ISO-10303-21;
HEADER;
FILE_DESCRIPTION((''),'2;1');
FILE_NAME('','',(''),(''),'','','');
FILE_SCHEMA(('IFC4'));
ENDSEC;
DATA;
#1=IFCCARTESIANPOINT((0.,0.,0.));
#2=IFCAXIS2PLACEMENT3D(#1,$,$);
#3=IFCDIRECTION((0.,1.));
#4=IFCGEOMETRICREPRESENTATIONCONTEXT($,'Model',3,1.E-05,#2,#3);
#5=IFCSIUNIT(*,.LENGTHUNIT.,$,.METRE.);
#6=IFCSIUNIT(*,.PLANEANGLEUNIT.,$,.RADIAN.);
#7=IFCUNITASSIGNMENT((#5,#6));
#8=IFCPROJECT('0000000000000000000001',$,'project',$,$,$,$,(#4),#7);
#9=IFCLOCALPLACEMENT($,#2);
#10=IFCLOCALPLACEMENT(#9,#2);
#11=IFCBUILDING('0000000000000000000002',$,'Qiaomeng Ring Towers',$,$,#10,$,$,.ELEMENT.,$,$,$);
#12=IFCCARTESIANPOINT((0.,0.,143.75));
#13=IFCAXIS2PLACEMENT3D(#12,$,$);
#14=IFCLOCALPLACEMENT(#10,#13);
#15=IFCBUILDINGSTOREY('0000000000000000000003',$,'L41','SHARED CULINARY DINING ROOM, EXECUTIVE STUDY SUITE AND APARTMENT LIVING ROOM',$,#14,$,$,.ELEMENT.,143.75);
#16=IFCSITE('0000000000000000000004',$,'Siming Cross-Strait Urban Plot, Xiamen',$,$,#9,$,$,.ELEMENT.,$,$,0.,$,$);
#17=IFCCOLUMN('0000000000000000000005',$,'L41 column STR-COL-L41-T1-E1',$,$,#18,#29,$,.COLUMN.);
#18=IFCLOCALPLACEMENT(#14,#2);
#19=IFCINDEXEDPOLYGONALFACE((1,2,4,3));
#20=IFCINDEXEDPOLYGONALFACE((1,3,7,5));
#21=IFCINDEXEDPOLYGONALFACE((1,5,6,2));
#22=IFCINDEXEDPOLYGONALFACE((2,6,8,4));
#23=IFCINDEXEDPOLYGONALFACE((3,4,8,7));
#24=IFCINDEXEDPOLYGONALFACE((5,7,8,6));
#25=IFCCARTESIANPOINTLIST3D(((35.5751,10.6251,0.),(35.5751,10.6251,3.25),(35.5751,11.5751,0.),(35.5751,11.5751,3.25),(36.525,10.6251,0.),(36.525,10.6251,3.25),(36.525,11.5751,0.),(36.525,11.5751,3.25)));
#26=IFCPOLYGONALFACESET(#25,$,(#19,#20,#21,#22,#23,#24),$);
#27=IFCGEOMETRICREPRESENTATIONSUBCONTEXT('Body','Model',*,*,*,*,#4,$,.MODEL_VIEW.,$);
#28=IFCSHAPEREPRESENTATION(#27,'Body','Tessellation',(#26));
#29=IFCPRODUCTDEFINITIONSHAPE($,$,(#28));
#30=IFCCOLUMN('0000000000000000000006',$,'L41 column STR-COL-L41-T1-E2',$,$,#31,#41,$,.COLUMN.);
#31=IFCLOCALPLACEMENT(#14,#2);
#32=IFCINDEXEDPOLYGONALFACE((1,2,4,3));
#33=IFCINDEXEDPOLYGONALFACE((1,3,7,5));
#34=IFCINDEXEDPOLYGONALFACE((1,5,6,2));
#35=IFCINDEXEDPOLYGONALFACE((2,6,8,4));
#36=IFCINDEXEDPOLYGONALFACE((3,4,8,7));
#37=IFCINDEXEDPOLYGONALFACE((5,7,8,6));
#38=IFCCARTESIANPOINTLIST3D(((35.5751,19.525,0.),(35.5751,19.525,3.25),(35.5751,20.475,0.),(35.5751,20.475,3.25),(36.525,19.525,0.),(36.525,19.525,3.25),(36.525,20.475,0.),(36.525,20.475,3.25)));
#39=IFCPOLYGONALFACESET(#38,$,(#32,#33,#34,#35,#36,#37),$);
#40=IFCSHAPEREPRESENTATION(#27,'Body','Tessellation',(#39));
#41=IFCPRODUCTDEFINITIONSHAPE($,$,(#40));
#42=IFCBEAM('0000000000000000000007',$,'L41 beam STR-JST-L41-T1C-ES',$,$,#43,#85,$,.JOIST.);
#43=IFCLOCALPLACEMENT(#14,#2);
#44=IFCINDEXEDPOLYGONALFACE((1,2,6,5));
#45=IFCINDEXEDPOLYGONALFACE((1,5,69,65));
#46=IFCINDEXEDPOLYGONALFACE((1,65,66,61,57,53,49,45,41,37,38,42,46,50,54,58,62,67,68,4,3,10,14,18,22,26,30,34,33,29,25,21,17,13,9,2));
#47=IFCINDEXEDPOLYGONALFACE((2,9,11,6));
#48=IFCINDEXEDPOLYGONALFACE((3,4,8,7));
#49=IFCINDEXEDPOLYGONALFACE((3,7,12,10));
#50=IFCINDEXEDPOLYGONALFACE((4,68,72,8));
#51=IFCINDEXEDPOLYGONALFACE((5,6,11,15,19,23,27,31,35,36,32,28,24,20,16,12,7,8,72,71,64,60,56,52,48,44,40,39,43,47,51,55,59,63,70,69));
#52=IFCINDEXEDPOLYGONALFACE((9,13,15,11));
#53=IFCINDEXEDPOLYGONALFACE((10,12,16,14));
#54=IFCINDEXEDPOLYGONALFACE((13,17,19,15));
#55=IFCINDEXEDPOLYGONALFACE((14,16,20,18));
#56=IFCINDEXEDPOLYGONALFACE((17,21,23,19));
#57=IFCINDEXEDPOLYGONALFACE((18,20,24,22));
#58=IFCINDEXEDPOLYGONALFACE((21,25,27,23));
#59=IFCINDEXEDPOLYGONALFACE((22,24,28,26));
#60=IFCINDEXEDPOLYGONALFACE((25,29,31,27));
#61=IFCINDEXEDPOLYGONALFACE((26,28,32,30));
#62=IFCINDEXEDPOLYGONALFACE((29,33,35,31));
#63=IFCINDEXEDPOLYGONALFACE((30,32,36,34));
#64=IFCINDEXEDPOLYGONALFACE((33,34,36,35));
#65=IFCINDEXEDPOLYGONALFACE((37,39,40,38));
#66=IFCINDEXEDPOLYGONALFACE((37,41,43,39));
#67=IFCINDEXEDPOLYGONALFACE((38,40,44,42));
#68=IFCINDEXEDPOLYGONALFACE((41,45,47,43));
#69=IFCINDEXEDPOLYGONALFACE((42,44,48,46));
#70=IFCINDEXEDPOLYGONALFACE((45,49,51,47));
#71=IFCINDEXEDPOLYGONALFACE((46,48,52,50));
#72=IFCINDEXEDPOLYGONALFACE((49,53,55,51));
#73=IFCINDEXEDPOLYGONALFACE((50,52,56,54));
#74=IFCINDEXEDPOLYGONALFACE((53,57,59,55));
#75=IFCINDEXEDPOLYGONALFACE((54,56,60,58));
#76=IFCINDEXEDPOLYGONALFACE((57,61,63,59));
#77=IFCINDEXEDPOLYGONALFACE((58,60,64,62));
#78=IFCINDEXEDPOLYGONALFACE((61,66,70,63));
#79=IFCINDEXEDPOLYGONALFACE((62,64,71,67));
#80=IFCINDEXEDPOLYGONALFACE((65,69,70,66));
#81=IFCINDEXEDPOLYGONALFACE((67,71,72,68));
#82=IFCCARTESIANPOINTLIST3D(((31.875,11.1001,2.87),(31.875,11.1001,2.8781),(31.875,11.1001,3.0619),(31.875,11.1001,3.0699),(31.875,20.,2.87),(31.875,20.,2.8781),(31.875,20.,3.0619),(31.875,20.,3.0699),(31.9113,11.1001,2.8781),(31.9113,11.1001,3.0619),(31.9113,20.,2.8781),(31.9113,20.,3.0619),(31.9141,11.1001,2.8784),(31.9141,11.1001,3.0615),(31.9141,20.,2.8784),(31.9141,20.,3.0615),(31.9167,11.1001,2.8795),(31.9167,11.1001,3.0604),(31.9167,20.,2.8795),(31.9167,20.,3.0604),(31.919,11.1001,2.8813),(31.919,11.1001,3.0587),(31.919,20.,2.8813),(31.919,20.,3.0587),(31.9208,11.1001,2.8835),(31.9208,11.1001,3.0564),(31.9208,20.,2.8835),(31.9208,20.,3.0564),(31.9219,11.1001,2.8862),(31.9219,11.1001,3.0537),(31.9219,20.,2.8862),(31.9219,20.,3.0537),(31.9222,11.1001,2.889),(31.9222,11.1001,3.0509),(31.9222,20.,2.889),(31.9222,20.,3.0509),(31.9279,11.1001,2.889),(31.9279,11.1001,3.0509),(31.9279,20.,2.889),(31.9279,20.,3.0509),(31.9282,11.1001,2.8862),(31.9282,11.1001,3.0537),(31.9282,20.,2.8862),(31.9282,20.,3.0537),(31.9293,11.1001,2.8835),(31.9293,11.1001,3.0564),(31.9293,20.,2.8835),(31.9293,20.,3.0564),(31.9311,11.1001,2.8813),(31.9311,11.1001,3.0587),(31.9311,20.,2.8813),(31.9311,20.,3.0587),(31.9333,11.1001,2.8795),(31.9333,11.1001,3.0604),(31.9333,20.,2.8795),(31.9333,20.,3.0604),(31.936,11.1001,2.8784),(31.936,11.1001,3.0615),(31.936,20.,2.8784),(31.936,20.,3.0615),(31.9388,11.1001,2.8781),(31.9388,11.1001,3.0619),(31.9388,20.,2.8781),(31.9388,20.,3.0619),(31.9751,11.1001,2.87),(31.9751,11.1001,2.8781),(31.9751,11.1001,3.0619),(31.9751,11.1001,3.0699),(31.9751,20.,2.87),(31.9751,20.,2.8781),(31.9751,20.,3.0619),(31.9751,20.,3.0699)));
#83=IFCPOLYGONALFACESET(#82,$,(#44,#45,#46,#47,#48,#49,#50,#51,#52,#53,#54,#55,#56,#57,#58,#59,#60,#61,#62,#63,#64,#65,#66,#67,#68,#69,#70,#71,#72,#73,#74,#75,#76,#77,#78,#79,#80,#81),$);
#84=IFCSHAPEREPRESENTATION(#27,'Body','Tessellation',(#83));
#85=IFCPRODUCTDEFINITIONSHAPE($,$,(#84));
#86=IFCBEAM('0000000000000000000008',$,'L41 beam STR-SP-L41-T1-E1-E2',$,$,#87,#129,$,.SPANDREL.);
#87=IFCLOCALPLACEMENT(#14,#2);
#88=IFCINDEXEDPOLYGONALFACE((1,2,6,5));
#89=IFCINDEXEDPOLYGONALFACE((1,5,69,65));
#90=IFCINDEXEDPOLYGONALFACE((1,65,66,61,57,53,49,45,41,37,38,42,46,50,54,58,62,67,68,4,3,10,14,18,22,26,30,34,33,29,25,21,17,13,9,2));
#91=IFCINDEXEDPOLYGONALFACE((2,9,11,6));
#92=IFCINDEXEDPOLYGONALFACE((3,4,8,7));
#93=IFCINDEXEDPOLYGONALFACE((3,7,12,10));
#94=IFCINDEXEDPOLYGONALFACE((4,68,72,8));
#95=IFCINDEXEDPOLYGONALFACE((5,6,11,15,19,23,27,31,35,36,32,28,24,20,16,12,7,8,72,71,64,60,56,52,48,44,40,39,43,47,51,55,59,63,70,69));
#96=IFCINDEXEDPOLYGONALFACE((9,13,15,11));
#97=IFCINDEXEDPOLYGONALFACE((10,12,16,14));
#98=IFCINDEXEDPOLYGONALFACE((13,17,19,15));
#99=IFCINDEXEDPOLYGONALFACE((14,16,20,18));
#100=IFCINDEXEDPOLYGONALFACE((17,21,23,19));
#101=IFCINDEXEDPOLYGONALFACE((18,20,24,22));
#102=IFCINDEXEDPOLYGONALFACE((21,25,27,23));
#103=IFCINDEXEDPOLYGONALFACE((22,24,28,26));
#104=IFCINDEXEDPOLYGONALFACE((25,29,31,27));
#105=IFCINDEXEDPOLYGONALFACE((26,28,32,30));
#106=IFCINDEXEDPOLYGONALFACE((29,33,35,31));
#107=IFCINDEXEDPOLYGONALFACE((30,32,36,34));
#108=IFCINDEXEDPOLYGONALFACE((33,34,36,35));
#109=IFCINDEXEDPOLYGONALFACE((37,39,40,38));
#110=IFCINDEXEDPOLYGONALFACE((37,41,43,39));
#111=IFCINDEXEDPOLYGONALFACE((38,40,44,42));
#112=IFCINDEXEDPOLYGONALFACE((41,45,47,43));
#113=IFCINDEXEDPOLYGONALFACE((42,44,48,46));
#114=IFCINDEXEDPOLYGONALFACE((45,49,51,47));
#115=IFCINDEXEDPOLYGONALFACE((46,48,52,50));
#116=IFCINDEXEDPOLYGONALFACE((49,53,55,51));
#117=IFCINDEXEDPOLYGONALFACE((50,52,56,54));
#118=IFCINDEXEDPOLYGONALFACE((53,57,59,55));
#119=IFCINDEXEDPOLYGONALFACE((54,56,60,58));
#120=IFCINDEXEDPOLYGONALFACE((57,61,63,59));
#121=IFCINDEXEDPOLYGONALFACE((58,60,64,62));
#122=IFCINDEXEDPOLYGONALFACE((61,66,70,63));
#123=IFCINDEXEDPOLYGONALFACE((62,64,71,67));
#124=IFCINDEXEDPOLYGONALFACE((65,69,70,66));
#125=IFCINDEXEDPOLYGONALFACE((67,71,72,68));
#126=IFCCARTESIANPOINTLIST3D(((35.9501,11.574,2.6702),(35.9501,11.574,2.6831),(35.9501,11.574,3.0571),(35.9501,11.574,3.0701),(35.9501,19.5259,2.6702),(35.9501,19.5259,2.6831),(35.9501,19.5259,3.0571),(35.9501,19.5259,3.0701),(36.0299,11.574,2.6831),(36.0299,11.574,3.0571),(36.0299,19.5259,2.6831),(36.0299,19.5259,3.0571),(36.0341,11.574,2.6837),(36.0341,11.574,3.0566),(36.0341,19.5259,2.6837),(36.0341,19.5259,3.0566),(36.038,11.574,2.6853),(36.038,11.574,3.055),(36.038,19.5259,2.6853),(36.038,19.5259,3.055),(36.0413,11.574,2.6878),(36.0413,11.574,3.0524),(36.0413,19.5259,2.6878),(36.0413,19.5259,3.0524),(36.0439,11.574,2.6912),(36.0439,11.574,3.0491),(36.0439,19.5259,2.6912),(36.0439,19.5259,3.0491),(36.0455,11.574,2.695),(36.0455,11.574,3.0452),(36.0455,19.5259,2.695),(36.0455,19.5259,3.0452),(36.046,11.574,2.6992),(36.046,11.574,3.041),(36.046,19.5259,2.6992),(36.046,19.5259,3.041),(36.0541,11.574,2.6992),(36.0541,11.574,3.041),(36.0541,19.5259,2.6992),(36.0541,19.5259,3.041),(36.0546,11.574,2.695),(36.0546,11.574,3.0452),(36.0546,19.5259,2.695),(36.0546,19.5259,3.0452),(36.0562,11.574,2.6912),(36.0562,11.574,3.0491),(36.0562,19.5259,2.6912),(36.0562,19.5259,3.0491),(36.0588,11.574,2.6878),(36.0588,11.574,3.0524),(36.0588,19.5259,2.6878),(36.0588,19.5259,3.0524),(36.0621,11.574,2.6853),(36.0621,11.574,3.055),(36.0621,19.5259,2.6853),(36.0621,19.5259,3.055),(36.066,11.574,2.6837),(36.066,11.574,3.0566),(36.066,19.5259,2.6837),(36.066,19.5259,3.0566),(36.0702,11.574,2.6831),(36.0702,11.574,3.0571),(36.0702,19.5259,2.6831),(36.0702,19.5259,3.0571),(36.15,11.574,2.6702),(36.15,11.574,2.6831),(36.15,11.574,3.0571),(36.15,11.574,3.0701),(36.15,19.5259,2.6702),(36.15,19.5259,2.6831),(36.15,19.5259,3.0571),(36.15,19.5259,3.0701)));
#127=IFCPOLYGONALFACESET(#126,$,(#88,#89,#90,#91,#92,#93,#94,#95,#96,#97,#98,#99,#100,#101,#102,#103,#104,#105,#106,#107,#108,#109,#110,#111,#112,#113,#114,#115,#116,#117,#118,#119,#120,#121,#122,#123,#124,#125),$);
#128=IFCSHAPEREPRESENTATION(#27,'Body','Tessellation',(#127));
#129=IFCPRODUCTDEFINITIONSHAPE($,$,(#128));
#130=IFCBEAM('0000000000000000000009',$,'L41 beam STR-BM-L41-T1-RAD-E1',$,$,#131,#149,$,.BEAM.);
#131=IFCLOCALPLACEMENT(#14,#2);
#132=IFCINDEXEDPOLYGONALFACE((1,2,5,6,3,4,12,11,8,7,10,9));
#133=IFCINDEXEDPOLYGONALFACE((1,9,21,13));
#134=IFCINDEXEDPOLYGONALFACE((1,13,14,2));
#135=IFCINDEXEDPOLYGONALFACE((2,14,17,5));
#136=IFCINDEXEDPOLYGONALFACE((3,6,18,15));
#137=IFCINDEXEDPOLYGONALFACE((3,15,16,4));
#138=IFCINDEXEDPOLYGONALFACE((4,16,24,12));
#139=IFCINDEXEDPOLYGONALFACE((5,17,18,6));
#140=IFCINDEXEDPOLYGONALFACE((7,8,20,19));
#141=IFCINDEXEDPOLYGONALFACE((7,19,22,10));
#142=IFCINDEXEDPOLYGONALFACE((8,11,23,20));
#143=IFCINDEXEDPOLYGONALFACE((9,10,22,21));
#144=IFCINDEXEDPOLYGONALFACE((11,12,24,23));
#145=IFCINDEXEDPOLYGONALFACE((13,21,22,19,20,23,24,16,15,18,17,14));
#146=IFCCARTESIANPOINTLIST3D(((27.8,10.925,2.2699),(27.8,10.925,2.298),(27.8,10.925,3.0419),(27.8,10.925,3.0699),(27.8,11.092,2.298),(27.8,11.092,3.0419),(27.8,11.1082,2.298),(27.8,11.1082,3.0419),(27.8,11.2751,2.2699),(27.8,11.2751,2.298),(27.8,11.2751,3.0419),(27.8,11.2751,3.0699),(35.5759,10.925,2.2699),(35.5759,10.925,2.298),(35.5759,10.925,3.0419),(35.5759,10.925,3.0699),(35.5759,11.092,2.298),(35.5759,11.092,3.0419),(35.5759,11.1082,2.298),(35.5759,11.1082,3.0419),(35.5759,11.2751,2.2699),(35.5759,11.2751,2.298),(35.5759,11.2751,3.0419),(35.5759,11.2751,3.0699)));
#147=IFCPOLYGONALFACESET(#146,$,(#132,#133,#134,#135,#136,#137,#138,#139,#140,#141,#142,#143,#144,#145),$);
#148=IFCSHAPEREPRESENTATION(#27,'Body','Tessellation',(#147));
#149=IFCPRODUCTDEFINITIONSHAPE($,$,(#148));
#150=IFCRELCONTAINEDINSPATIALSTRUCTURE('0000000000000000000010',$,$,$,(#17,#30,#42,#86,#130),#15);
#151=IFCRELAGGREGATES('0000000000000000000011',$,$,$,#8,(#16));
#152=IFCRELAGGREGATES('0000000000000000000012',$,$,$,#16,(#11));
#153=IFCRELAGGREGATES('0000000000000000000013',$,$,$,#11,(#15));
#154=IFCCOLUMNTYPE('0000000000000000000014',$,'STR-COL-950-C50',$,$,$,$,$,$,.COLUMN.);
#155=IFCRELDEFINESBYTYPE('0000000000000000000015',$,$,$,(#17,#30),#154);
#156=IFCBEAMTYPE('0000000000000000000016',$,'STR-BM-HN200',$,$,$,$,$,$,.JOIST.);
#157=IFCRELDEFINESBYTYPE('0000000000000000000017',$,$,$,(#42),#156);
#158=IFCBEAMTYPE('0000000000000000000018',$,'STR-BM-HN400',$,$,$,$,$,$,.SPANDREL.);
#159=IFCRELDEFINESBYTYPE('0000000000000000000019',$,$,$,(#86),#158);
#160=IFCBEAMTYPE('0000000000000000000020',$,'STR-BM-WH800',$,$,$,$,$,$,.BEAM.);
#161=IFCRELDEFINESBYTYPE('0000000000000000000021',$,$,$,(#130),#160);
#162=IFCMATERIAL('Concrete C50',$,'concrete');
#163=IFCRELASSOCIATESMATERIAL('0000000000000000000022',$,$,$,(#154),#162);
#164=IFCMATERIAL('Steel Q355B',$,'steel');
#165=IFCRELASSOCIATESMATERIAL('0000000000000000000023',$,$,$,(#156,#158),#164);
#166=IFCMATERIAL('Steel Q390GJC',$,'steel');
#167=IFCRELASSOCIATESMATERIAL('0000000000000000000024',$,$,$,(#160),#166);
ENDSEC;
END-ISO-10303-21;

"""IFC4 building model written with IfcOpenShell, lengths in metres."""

from ifc_helpers import new_model, si_unit, direction, frame, origin, origin_2d, place, context, subcontext, project, spatial, rectangle, i_section, extrude, source, transform, mapped, material, material_profile, profile_set, type_object, element, save


model = new_model("IFC4")

# Units and contexts
model_context = context("Model", 3, precision=1e-05, world=origin(), true_north=direction((0.0, 1.0)))
body_context = subcontext(model_context, "Body", "Model", "MODEL_VIEW")
ifc_project = project(units=[si_unit("LENGTHUNIT", "METRE"), si_unit("PLANEANGLEUNIT", "RADIAN")], contexts=[model_context])

# Site, building, storey
site_placement = place(None, origin())
site = spatial("IfcSite", under=ifc_project, at=site_placement, Name="Siming Cross-Strait Urban Plot, Xiamen", CompositionType="ELEMENT", RefElevation=0.0)
building_placement = place(site_placement, origin())
building = spatial("IfcBuilding", under=site, at=building_placement, Name="Qiaomeng Ring Towers", CompositionType="ELEMENT")
storey_placement = place(building_placement, frame((0.0, 0.0, 143.75)))
storey = spatial("IfcBuildingStorey", under=building, at=storey_placement, Name="L41", Description="SHARED CULINARY DINING ROOM, EXECUTIVE STUDY SUITE AND APARTMENT LIVING ROOM", CompositionType="ELEMENT", Elevation=143.75)

# Columns
ifc_material_1 = material(Name="Concrete C50", Category="concrete")
ifc_material_profile_1 = material_profile(ifc_material_1, rectangle(XDim=0.95, YDim=0.95, at=origin_2d()), Name="RC COL 950x950")
ifc_profile_set_1 = profile_set([ifc_material_profile_1], Name="Concrete C50")
column_type = type_object("IfcColumnType", Name="STR-COL-950-C50", PredefinedType="COLUMN", material=ifc_profile_set_1)
shared_shape_1 = source(origin(), body_context, "Body", "SweptSolid", [
    extrude(rectangle(XDim=0.95, YDim=0.95, at=origin_2d()), origin(), (0.0, 0.0, 1.0), 3.25),
])
for number, where, z_axis, x_axis, name in (
    (1, (36.05, 11.1001, 0.0), (0.0, 0.0, 1.0), (1.0, 0.0, 0.0), "L41 column STR-COL-L41-T1-E1"),
    (2, (36.05, 20.0, 0.0), (0.0, 0.0, 1.0), (1.0, 0.0, 0.0), "L41 column STR-COL-L41-T1-E2"),
):
    element("IfcColumn", number, at=place(storey_placement, frame(where, z_axis=z_axis, x_axis=x_axis)), inside=storey, type_object=column_type, Name=name, PredefinedType="COLUMN", context=body_context, shape_type="MappedRepresentation", body=[
        mapped(shared_shape_1, transform((0.0, 0.0, 0.0), x_axis=(1.0, 0.0, 0.0), y_axis=(0.0, 1.0, 0.0), z_axis=(0.0, 0.0, 1.0), scale=1.0)),
    ])

# Beams
ifc_material_2 = material(Name="Steel Q355B", Category="steel")
ifc_material_profile_2 = material_profile(ifc_material_2, i_section(OverallWidth=0.1001, OverallDepth=0.2, WebThickness=0.0056, FlangeThickness=0.0081, FilletRadius=0.011, at=origin_2d()), Name="HN 200x100x5.5x8")
ifc_profile_set_2 = profile_set([ifc_material_profile_2], Name="Steel Q355B")
beam_type_1 = type_object("IfcBeamType", Name="STR-BM-HN200", PredefinedType="JOIST", material=ifc_profile_set_2)
shared_shape_2 = source(origin(), body_context, "Body", "SweptSolid", [
    extrude(i_section(OverallWidth=0.1001, OverallDepth=0.2, WebThickness=0.0056, FlangeThickness=0.0081, FilletRadius=0.011, at=origin_2d()), origin(), (0.0, 0.0, 1.0), 8.8999),
])
beam_1_placement = place(storey_placement, frame((31.925, 11.1001, 2.97), z_axis=(0.0, 1.0, 0.0), x_axis=(-1.0, 0.0, 0.0)))
element("IfcBeam", 3, at=beam_1_placement, inside=storey, type_object=beam_type_1, Name="L41 beam STR-JST-L41-T1C-ES", PredefinedType="JOIST", context=body_context, shape_type="MappedRepresentation", body=[
    mapped(shared_shape_2, transform((0.0, 0.0, 0.0), x_axis=(1.0, 0.0, 0.0), y_axis=(0.0, 1.0, 0.0), z_axis=(0.0, 0.0, 1.0), scale=1.0)),
])
ifc_material_profile_3 = material_profile(ifc_material_2, i_section(OverallWidth=0.2, OverallDepth=0.3999, WebThickness=0.0081, FlangeThickness=0.0129, FilletRadius=0.0161, at=origin_2d()), Name="HN 400x200x8x13")
ifc_profile_set_3 = profile_set([ifc_material_profile_3], Name="Steel Q355B")
beam_type_2 = type_object("IfcBeamType", Name="STR-BM-HN400", PredefinedType="SPANDREL", material=ifc_profile_set_3)
shared_shape_3 = source(origin(), body_context, "Body", "SweptSolid", [
    extrude(i_section(OverallWidth=0.2, OverallDepth=0.3999, WebThickness=0.0081, FlangeThickness=0.0129, FilletRadius=0.0161, at=origin_2d()), origin(), (0.0, 0.0, 1.0), 7.9519),
])
beam_2_placement = place(storey_placement, frame((36.05, 11.574, 2.8701), z_axis=(0.0, 1.0, 0.0), x_axis=(-1.0, 0.0, 0.0)))
element("IfcBeam", 4, at=beam_2_placement, inside=storey, type_object=beam_type_2, Name="L41 beam STR-SP-L41-T1-E1-E2", PredefinedType="SPANDREL", context=body_context, shape_type="MappedRepresentation", body=[
    mapped(shared_shape_3, transform((0.0, 0.0, 0.0), x_axis=(1.0, 0.0, 0.0), y_axis=(0.0, 1.0, 0.0), z_axis=(0.0, 0.0, 1.0), scale=1.0)),
])
ifc_material_3 = material(Name="Steel Q390GJC", Category="steel")
ifc_material_profile_4 = material_profile(ifc_material_3, i_section(OverallWidth=0.3501, OverallDepth=0.8, WebThickness=0.0161, FlangeThickness=0.0281, at=origin_2d()), Name="WH 800x350x16x28")
ifc_profile_set_4 = profile_set([ifc_material_profile_4], Name="Steel Q390GJC")
beam_type_3 = type_object("IfcBeamType", Name="STR-BM-WH800", PredefinedType="BEAM", material=ifc_profile_set_4)
shared_shape_4 = source(origin(), body_context, "Body", "SweptSolid", [
    extrude(i_section(OverallWidth=0.3501, OverallDepth=0.8, WebThickness=0.0161, FlangeThickness=0.0281, at=origin_2d()), origin(), (0.0, 0.0, 1.0), 7.7759),
])
beam_3_placement = place(storey_placement, frame((27.8, 11.1001, 2.6699), z_axis=(1.0, 0.0, 0.0), x_axis=(0.0, 1.0, 0.0)))
element("IfcBeam", 5, at=beam_3_placement, inside=storey, type_object=beam_type_3, Name="L41 beam STR-BM-L41-T1-RAD-E1", PredefinedType="BEAM", context=body_context, shape_type="MappedRepresentation", body=[
    mapped(shared_shape_4, transform((0.0, 0.0, 0.0), x_axis=(1.0, 0.0, 0.0), y_axis=(0.0, 1.0, 0.0), z_axis=(0.0, 0.0, 1.0), scale=1.0)),
])

save(model, "model.ifc")
